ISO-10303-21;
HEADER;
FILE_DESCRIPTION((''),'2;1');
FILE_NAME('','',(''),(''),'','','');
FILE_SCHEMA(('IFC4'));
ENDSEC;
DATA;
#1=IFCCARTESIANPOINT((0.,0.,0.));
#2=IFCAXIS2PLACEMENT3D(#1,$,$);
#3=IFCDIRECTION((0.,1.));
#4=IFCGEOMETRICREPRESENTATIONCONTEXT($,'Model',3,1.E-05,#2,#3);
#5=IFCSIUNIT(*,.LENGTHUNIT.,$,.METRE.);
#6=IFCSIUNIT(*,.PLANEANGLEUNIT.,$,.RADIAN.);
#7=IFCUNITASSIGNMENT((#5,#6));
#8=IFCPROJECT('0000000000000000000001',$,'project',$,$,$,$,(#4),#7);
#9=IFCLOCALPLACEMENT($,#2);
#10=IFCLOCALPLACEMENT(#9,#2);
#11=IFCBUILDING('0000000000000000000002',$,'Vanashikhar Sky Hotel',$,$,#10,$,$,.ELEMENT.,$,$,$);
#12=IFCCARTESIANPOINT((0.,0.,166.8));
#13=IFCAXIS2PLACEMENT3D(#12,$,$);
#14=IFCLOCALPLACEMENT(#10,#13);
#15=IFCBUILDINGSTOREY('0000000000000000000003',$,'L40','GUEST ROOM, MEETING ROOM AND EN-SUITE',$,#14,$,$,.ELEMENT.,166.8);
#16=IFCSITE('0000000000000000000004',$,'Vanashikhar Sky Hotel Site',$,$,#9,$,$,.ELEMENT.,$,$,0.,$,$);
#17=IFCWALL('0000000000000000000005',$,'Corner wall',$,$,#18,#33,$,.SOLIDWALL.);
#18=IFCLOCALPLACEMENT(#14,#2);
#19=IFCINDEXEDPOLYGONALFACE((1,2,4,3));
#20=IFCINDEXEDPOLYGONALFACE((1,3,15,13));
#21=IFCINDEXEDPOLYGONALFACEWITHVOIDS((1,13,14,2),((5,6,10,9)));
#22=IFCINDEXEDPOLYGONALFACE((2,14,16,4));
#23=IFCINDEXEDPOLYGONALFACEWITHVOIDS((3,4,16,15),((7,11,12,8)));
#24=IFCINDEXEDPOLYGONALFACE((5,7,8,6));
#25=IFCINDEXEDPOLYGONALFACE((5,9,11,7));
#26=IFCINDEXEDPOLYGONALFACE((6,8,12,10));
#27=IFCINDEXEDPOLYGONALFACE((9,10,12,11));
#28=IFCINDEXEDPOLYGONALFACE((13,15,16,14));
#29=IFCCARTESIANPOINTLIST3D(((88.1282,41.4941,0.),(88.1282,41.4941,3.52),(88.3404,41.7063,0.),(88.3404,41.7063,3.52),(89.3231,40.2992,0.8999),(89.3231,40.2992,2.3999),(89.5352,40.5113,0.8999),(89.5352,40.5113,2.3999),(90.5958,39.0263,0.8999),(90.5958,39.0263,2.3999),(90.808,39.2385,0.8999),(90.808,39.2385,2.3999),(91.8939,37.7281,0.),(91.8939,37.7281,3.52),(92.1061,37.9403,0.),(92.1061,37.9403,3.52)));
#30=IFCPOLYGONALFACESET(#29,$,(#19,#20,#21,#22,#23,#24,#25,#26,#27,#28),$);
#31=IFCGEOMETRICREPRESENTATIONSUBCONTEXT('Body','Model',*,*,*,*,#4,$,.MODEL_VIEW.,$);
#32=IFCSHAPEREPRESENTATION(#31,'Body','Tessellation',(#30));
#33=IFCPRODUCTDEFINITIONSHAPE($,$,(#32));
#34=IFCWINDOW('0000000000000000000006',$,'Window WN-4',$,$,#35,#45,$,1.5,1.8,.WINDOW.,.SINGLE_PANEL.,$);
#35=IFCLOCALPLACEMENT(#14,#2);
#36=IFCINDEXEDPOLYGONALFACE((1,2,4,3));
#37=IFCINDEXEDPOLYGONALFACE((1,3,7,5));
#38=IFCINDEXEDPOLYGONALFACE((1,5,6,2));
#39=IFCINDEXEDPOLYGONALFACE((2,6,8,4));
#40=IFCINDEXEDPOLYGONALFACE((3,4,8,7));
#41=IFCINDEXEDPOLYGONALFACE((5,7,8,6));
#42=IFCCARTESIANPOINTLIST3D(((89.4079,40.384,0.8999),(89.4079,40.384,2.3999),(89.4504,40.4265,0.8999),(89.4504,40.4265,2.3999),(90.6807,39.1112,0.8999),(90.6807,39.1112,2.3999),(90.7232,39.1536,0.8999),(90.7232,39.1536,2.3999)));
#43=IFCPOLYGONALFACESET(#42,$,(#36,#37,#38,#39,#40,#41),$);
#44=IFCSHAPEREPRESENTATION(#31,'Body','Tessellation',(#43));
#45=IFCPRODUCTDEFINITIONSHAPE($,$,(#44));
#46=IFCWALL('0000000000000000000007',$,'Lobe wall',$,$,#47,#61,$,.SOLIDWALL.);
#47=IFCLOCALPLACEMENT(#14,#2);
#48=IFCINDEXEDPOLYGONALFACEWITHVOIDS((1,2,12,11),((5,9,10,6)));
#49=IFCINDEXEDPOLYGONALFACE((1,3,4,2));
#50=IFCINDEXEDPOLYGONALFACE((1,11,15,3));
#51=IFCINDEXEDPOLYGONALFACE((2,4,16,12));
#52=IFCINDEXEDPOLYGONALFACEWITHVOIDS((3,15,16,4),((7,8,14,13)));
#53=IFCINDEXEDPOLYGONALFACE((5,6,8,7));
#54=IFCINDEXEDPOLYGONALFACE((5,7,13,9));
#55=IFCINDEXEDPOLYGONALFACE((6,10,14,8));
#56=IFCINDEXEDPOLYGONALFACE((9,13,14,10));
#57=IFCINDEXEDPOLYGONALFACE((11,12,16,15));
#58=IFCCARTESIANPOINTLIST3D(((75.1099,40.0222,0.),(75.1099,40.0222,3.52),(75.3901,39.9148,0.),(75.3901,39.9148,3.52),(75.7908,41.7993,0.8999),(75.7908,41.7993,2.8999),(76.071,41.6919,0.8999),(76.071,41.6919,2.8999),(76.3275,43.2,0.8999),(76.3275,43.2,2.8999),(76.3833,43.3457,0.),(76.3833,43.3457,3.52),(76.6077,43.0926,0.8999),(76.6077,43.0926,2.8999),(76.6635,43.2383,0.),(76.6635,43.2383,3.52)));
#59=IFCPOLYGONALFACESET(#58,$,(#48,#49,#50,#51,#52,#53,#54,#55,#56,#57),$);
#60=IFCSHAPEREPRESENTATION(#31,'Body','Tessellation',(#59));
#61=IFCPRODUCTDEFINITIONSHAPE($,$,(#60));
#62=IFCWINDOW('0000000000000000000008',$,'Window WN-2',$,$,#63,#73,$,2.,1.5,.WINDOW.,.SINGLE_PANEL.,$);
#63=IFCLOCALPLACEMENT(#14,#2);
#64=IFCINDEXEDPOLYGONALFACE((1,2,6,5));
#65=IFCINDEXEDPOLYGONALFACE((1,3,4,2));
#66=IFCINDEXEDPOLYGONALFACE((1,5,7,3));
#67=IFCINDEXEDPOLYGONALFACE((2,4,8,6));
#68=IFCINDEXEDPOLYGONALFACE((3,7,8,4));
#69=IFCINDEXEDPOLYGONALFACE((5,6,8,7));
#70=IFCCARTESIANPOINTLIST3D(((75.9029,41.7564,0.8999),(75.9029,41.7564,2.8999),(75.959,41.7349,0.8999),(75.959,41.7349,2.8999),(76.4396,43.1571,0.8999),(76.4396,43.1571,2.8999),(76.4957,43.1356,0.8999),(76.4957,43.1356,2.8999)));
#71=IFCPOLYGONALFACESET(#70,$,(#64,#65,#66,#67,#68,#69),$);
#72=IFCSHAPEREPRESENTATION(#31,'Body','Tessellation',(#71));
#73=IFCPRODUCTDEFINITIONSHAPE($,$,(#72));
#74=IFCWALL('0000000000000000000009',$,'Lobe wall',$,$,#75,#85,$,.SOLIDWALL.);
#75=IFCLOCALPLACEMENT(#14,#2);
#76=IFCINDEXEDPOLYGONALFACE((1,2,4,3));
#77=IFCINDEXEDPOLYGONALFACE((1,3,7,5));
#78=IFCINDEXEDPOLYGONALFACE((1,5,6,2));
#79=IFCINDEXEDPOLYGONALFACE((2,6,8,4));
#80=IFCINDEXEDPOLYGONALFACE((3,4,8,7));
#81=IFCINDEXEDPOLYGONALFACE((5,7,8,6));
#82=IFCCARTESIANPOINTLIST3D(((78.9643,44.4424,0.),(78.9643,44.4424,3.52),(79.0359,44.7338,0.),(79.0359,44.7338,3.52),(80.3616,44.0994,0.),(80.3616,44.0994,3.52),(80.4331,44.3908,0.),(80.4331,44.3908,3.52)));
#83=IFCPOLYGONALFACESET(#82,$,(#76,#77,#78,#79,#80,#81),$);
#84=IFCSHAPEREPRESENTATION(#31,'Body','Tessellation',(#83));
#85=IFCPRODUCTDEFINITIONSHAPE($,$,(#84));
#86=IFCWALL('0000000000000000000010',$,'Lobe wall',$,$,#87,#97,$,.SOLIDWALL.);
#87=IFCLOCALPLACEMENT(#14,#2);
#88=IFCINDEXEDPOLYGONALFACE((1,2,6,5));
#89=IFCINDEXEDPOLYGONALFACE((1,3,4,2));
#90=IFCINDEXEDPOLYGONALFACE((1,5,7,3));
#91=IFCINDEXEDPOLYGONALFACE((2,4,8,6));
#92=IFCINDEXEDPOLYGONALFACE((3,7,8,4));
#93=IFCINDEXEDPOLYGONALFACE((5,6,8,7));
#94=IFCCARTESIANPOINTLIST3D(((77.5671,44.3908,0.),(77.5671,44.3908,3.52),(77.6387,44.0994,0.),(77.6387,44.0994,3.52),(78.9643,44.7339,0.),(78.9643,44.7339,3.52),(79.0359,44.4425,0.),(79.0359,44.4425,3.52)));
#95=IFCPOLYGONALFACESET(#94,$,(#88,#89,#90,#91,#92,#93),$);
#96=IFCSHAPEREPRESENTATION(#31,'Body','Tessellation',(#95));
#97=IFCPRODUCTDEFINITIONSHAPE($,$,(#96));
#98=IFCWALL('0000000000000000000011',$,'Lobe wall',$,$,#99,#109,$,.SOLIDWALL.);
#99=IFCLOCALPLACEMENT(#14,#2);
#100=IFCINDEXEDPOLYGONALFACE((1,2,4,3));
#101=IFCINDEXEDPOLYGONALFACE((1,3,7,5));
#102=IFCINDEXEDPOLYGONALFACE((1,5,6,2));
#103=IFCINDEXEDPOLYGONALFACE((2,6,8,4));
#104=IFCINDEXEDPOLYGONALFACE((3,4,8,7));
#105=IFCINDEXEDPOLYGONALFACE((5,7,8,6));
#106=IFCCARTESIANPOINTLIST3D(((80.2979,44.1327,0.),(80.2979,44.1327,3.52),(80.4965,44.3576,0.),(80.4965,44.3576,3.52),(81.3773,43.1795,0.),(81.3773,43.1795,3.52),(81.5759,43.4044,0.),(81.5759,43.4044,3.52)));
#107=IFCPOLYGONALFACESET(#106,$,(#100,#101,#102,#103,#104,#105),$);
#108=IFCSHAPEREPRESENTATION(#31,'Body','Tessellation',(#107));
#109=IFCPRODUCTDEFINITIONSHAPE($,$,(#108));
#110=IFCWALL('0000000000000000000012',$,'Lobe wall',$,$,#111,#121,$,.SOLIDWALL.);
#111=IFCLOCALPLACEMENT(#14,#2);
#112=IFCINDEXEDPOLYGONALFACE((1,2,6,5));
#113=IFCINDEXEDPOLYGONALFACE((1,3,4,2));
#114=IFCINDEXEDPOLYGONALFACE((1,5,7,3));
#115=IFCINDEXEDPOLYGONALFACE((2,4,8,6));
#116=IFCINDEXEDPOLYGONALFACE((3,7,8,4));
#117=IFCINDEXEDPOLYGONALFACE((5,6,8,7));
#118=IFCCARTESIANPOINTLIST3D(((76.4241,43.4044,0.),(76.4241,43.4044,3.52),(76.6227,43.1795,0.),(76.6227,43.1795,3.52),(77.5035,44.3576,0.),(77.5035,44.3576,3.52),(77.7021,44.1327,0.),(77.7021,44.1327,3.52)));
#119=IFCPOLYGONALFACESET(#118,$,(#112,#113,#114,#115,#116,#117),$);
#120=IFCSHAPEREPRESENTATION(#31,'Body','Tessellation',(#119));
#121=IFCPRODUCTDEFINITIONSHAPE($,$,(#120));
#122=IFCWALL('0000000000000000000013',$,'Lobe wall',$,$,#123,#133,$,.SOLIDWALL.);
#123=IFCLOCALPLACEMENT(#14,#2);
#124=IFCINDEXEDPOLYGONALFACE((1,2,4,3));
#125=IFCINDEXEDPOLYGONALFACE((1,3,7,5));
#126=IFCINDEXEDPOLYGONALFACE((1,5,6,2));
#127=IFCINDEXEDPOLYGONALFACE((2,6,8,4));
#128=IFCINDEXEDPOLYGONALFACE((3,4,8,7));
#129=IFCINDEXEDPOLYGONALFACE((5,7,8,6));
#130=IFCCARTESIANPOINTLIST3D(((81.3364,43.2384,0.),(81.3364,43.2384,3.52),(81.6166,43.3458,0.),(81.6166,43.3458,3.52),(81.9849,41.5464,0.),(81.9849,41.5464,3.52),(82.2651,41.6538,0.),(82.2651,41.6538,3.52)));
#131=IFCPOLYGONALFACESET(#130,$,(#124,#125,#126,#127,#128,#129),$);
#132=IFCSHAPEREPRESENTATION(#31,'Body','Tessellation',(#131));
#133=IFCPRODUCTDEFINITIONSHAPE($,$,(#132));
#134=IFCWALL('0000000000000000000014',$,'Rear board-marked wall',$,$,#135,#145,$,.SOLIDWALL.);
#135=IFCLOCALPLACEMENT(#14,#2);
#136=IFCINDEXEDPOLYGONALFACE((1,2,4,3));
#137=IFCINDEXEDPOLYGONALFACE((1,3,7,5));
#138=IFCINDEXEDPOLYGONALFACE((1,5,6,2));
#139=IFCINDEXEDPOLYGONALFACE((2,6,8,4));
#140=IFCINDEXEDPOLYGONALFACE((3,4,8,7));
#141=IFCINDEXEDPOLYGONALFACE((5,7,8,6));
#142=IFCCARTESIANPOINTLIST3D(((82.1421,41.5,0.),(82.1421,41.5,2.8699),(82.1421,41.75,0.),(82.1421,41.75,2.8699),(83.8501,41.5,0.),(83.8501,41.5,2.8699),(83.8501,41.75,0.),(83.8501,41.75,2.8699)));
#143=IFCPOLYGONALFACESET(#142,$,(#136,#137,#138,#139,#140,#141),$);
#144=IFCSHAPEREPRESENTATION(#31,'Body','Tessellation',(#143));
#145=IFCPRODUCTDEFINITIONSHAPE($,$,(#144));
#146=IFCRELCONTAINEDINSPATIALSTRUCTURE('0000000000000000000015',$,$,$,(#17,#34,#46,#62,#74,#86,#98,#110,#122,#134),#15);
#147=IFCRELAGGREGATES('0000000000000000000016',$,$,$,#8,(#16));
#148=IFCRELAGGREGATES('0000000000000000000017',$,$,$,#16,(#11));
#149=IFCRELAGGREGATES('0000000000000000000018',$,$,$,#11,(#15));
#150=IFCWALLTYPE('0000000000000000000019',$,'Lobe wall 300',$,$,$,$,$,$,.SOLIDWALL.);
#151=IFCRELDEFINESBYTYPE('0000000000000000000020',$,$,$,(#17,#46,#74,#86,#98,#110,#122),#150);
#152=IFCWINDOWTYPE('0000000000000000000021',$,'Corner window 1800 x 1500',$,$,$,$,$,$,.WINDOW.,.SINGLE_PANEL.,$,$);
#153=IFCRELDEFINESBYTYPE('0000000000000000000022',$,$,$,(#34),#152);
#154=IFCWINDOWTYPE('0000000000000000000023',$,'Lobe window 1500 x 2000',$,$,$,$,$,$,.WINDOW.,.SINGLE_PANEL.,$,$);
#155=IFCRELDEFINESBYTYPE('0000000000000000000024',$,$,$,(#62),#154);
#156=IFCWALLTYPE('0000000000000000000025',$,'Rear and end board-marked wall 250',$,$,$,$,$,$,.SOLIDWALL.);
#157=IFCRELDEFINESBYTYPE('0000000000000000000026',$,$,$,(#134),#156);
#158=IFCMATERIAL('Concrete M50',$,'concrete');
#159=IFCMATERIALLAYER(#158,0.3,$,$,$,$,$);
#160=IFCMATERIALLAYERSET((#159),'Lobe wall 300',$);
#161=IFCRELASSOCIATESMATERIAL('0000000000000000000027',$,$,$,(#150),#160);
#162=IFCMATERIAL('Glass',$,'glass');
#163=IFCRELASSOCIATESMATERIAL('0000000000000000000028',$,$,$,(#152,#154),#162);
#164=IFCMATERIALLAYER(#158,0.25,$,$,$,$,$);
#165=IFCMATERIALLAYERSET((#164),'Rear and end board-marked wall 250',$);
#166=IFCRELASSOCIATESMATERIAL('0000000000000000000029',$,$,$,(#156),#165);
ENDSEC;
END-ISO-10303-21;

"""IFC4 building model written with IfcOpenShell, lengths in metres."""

from ifc_helpers import new_model, si_unit, direction, frame, frame_2d, origin, place, context, subcontext, project, spatial, rectangle, extrude, source, transform, mapped, material, layer, layer_set, type_object, element, fill, save


model = new_model("IFC4")

# Units and contexts
model_context = context("Model", 3, precision=1e-05, world=origin(), true_north=direction((0.0, 1.0)))
body_context = subcontext(model_context, "Body", "Model", "MODEL_VIEW")
ifc_project = project(units=[si_unit("LENGTHUNIT", "METRE"), si_unit("PLANEANGLEUNIT", "RADIAN")], contexts=[model_context])

# Site, building, storey
site_placement = place(None, origin())
site = spatial("IfcSite", under=ifc_project, at=site_placement, Name="Vanashikhar Sky Hotel Site", CompositionType="ELEMENT", RefElevation=0.0)
building_placement = place(site_placement, origin())
building = spatial("IfcBuilding", under=site, at=building_placement, Name="Vanashikhar Sky Hotel", CompositionType="ELEMENT")
storey_placement = place(building_placement, frame((0.0, 0.0, 166.8)))
storey = spatial("IfcBuildingStorey", under=building, at=storey_placement, Name="L40", Description="GUEST ROOM, MEETING ROOM AND EN-SUITE", CompositionType="ELEMENT", Elevation=166.8)

# Walls, openings, windows
ifc_material_1 = material(Name="Concrete M50", Category="concrete")
ifc_layer_1 = layer(ifc_material_1, 0.3)
ifc_layer_set_1 = layer_set([ifc_layer_1], Name="Lobe wall 300")
wall_type_1 = type_object("IfcWallType", Name="Lobe wall 300", PredefinedType="SOLIDWALL", material=ifc_layer_set_1)
shared_shape_1 = source(origin(), body_context, "Body", "SweptSolid", [
    extrude(rectangle(XDim=5.3257, YDim=0.3, at=frame_2d((2.6628, 0.0))), origin(), (0.0, 0.0, 1.0), 3.52),
])
wall_1_placement = place(storey_placement, frame((92.0, 37.8342, 0.0), z_axis=(0.0, 0.0, 1.0), x_axis=(-0.707084, 0.70713, 0.0)))
wall_1 = element("IfcWall", 1, at=wall_1_placement, inside=storey, type_object=wall_type_1, Name="Corner wall", PredefinedType="SOLIDWALL", context=body_context, shape_type="MappedRepresentation", body=[
    mapped(shared_shape_1, transform((0.0, 0.0, 0.0), scale=1.0)),
])
shared_shape_2 = source(origin(), body_context, "Body", "SweptSolid", [
    extrude(rectangle(XDim=1.8, YDim=1.5, at=frame_2d((0.8999, 0.75))), frame((0.0, 0.1602, 0.0), z_axis=(0.0, -1.0, 0.0), x_axis=(1.0, 0.0, 0.0)), (0.0, 0.0, 1.0), 0.3201),
])
opening_1_placement = place(wall_1_placement, frame((1.8359, 0.0, 0.8999)))
opening_1 = element("IfcOpeningElement", 2, at=opening_1_placement, cuts=wall_1, PredefinedType="OPENING", context=body_context, shape_type="MappedRepresentation", body=[
    mapped(shared_shape_2, transform((0.0, 0.0, 0.0), scale=1.0)),
])
ifc_material_2 = material(Name="Glass", Category="glass")
window_type_1 = type_object("IfcWindowType", Name="Corner window 1800 x 1500", PartitioningType="SINGLE_PANEL", PredefinedType="WINDOW", material=ifc_material_2)
shared_shape_3 = source(origin(), body_context, "Body", "SweptSolid", [
    extrude(rectangle(XDim=1.8, YDim=1.5, at=frame_2d((0.8999, 0.75))), frame((0.0, 0.03, 0.0), z_axis=(0.0, -1.0, 0.0), x_axis=(1.0, 0.0, 0.0)), (0.0, 0.0, 1.0), 0.0601),
])
window_1_placement = place(opening_1_placement, origin())
window_1 = element("IfcWindow", 3, at=window_1_placement, inside=storey, type_object=window_type_1, Name="Window WN-4", OverallHeight=1.5, OverallWidth=1.8, PartitioningType="SINGLE_PANEL", PredefinedType="WINDOW", context=body_context, shape_type="MappedRepresentation", body=[
    mapped(shared_shape_3, transform((0.0, 0.0, 0.0), scale=1.0)),
])
fill(opening_1, window_1)
shared_shape_4 = source(origin(), body_context, "Body", "SweptSolid", [
    extrude(rectangle(XDim=3.5591, YDim=0.3, at=frame_2d((1.7795, 0.0))), origin(), (0.0, 0.0, 1.0), 3.52),
])
wall_2_placement = place(storey_placement, frame((76.5234, 43.292, 0.0), z_axis=(0.0, 0.0, 1.0), x_axis=(-0.357797, -0.933799, 0.0)))
wall_2 = element("IfcWall", 4, at=wall_2_placement, inside=storey, type_object=wall_type_1, Name="Lobe wall", PredefinedType="SOLIDWALL", context=body_context, shape_type="MappedRepresentation", body=[
    mapped(shared_shape_4, transform((0.0, 0.0, 0.0), scale=1.0)),
])
shared_shape_5 = source(origin(), body_context, "Body", "SweptSolid", [
    extrude(rectangle(XDim=1.5, YDim=2.0, at=frame_2d((0.75, 1.0))), frame((0.0, 0.1602, 0.0), z_axis=(0.0, -1.0, 0.0), x_axis=(1.0, 0.0, 0.0)), (0.0, 0.0, 1.0), 0.3201),
])
opening_2_placement = place(wall_2_placement, frame((0.156, 0.0, 0.8999)))
opening_2 = element("IfcOpeningElement", 5, at=opening_2_placement, cuts=wall_2, PredefinedType="OPENING", context=body_context, shape_type="MappedRepresentation", body=[
    mapped(shared_shape_5, transform((0.0, 0.0, 0.0), scale=1.0)),
])
window_type_2 = type_object("IfcWindowType", Name="Lobe window 1500 x 2000", PartitioningType="SINGLE_PANEL", PredefinedType="WINDOW", material=ifc_material_2)
shared_shape_6 = source(origin(), body_context, "Body", "SweptSolid", [
    extrude(rectangle(XDim=1.5, YDim=2.0, at=frame_2d((0.75, 1.0))), frame((0.0, 0.03, 0.0), z_axis=(0.0, -1.0, 0.0), x_axis=(1.0, 0.0, 0.0)), (0.0, 0.0, 1.0), 0.0601),
])
window_2_placement = place(opening_2_placement, origin())
window_2 = element("IfcWindow", 6, at=window_2_placement, inside=storey, type_object=window_type_2, Name="Window WN-2", OverallHeight=2.0, OverallWidth=1.5, PartitioningType="SINGLE_PANEL", PredefinedType="WINDOW", context=body_context, shape_type="MappedRepresentation", body=[
    mapped(shared_shape_6, transform((0.0, 0.0, 0.0), scale=1.0)),
])
fill(opening_2, window_2)

# Walls
shared_shape_7 = source(origin(), body_context, "Body", "SweptSolid", [
    extrude(rectangle(XDim=1.4387, YDim=0.3, at=frame_2d((0.7192, 0.0))), origin(), (0.0, 0.0, 1.0), 3.52),
])
for number, where, z_axis, x_axis, name in (
    (7, (80.3972, 44.2451, 0.0), (0.0, 0.0, 1.0), (-0.971162, 0.238421, 0.0), "Lobe wall"),
    (8, (79.0, 44.5881, 0.0), (0.0, 0.0, 1.0), (-0.971162, -0.238421, 0.0), "Lobe wall"),
):
    element("IfcWall", number, at=place(storey_placement, frame(where, z_axis=z_axis, x_axis=x_axis)), inside=storey, type_object=wall_type_1, Name=name, PredefinedType="SOLIDWALL", context=body_context, shape_type="MappedRepresentation", body=[
        mapped(shared_shape_7, transform((0.0, 0.0, 0.0), scale=1.0)),
    ])
shared_shape_8 = source(origin(), body_context, "Body", "SweptSolid", [
    extrude(rectangle(XDim=1.4399, YDim=0.3, at=frame_2d((0.72, 0.0))), origin(), (0.0, 0.0, 1.0), 3.52),
])
for number, where, z_axis, x_axis, name in (
    (9, (81.4766, 43.292, 0.0), (0.0, 0.0, 1.0), (-0.749576, 0.661919, 0.0), "Lobe wall"),
    (10, (77.6028, 44.2451, 0.0), (0.0, 0.0, 1.0), (-0.749576, -0.661919, 0.0), "Lobe wall"),
):
    element("IfcWall", number, at=place(storey_placement, frame(where, z_axis=z_axis, x_axis=x_axis)), inside=storey, type_object=wall_type_1, Name=name, PredefinedType="SOLIDWALL", context=body_context, shape_type="MappedRepresentation", body=[
        mapped(shared_shape_8, transform((0.0, 0.0, 0.0), scale=1.0)),
    ])
shared_shape_9 = source(origin(), body_context, "Body", "SweptSolid", [
    extrude(rectangle(XDim=1.812, YDim=0.3, at=frame_2d((0.906, 0.0))), origin(), (0.0, 0.0, 1.0), 3.52),
])
wall_3_placement = place(storey_placement, frame((82.125, 41.6001, 0.0), z_axis=(0.0, 0.0, 1.0), x_axis=(-0.357877, 0.933769, 0.0)))
element("IfcWall", 11, at=wall_3_placement, inside=storey, type_object=wall_type_1, Name="Lobe wall", PredefinedType="SOLIDWALL", context=body_context, shape_type="MappedRepresentation", body=[
    mapped(shared_shape_9, transform((0.0, 0.0, 0.0), scale=1.0)),
])
ifc_layer_2 = layer(ifc_material_1, 0.25)
ifc_layer_set_2 = layer_set([ifc_layer_2], Name="Rear and end board-marked wall 250")
wall_type_2 = type_object("IfcWallType", Name="Rear and end board-marked wall 250", PredefinedType="SOLIDWALL", material=ifc_layer_set_2)
shared_shape_10 = source(origin(), body_context, "Body", "SweptSolid", [
    extrude(rectangle(XDim=1.708, YDim=0.25, at=frame_2d((0.854, 0.0))), origin(), (0.0, 0.0, 1.0), 2.8699),
])
wall_4_placement = place(storey_placement, frame((83.8501, 41.625, 0.0), z_axis=(0.0, 0.0, 1.0), x_axis=(-1.0, 0.0, 0.0)))
element("IfcWall", 12, at=wall_4_placement, inside=storey, type_object=wall_type_2, Name="Rear board-marked wall", PredefinedType="SOLIDWALL", context=body_context, shape_type="MappedRepresentation", body=[
    mapped(shared_shape_10, transform((0.0, 0.0, 0.0), scale=1.0)),
])

save(model, "model.ifc")
